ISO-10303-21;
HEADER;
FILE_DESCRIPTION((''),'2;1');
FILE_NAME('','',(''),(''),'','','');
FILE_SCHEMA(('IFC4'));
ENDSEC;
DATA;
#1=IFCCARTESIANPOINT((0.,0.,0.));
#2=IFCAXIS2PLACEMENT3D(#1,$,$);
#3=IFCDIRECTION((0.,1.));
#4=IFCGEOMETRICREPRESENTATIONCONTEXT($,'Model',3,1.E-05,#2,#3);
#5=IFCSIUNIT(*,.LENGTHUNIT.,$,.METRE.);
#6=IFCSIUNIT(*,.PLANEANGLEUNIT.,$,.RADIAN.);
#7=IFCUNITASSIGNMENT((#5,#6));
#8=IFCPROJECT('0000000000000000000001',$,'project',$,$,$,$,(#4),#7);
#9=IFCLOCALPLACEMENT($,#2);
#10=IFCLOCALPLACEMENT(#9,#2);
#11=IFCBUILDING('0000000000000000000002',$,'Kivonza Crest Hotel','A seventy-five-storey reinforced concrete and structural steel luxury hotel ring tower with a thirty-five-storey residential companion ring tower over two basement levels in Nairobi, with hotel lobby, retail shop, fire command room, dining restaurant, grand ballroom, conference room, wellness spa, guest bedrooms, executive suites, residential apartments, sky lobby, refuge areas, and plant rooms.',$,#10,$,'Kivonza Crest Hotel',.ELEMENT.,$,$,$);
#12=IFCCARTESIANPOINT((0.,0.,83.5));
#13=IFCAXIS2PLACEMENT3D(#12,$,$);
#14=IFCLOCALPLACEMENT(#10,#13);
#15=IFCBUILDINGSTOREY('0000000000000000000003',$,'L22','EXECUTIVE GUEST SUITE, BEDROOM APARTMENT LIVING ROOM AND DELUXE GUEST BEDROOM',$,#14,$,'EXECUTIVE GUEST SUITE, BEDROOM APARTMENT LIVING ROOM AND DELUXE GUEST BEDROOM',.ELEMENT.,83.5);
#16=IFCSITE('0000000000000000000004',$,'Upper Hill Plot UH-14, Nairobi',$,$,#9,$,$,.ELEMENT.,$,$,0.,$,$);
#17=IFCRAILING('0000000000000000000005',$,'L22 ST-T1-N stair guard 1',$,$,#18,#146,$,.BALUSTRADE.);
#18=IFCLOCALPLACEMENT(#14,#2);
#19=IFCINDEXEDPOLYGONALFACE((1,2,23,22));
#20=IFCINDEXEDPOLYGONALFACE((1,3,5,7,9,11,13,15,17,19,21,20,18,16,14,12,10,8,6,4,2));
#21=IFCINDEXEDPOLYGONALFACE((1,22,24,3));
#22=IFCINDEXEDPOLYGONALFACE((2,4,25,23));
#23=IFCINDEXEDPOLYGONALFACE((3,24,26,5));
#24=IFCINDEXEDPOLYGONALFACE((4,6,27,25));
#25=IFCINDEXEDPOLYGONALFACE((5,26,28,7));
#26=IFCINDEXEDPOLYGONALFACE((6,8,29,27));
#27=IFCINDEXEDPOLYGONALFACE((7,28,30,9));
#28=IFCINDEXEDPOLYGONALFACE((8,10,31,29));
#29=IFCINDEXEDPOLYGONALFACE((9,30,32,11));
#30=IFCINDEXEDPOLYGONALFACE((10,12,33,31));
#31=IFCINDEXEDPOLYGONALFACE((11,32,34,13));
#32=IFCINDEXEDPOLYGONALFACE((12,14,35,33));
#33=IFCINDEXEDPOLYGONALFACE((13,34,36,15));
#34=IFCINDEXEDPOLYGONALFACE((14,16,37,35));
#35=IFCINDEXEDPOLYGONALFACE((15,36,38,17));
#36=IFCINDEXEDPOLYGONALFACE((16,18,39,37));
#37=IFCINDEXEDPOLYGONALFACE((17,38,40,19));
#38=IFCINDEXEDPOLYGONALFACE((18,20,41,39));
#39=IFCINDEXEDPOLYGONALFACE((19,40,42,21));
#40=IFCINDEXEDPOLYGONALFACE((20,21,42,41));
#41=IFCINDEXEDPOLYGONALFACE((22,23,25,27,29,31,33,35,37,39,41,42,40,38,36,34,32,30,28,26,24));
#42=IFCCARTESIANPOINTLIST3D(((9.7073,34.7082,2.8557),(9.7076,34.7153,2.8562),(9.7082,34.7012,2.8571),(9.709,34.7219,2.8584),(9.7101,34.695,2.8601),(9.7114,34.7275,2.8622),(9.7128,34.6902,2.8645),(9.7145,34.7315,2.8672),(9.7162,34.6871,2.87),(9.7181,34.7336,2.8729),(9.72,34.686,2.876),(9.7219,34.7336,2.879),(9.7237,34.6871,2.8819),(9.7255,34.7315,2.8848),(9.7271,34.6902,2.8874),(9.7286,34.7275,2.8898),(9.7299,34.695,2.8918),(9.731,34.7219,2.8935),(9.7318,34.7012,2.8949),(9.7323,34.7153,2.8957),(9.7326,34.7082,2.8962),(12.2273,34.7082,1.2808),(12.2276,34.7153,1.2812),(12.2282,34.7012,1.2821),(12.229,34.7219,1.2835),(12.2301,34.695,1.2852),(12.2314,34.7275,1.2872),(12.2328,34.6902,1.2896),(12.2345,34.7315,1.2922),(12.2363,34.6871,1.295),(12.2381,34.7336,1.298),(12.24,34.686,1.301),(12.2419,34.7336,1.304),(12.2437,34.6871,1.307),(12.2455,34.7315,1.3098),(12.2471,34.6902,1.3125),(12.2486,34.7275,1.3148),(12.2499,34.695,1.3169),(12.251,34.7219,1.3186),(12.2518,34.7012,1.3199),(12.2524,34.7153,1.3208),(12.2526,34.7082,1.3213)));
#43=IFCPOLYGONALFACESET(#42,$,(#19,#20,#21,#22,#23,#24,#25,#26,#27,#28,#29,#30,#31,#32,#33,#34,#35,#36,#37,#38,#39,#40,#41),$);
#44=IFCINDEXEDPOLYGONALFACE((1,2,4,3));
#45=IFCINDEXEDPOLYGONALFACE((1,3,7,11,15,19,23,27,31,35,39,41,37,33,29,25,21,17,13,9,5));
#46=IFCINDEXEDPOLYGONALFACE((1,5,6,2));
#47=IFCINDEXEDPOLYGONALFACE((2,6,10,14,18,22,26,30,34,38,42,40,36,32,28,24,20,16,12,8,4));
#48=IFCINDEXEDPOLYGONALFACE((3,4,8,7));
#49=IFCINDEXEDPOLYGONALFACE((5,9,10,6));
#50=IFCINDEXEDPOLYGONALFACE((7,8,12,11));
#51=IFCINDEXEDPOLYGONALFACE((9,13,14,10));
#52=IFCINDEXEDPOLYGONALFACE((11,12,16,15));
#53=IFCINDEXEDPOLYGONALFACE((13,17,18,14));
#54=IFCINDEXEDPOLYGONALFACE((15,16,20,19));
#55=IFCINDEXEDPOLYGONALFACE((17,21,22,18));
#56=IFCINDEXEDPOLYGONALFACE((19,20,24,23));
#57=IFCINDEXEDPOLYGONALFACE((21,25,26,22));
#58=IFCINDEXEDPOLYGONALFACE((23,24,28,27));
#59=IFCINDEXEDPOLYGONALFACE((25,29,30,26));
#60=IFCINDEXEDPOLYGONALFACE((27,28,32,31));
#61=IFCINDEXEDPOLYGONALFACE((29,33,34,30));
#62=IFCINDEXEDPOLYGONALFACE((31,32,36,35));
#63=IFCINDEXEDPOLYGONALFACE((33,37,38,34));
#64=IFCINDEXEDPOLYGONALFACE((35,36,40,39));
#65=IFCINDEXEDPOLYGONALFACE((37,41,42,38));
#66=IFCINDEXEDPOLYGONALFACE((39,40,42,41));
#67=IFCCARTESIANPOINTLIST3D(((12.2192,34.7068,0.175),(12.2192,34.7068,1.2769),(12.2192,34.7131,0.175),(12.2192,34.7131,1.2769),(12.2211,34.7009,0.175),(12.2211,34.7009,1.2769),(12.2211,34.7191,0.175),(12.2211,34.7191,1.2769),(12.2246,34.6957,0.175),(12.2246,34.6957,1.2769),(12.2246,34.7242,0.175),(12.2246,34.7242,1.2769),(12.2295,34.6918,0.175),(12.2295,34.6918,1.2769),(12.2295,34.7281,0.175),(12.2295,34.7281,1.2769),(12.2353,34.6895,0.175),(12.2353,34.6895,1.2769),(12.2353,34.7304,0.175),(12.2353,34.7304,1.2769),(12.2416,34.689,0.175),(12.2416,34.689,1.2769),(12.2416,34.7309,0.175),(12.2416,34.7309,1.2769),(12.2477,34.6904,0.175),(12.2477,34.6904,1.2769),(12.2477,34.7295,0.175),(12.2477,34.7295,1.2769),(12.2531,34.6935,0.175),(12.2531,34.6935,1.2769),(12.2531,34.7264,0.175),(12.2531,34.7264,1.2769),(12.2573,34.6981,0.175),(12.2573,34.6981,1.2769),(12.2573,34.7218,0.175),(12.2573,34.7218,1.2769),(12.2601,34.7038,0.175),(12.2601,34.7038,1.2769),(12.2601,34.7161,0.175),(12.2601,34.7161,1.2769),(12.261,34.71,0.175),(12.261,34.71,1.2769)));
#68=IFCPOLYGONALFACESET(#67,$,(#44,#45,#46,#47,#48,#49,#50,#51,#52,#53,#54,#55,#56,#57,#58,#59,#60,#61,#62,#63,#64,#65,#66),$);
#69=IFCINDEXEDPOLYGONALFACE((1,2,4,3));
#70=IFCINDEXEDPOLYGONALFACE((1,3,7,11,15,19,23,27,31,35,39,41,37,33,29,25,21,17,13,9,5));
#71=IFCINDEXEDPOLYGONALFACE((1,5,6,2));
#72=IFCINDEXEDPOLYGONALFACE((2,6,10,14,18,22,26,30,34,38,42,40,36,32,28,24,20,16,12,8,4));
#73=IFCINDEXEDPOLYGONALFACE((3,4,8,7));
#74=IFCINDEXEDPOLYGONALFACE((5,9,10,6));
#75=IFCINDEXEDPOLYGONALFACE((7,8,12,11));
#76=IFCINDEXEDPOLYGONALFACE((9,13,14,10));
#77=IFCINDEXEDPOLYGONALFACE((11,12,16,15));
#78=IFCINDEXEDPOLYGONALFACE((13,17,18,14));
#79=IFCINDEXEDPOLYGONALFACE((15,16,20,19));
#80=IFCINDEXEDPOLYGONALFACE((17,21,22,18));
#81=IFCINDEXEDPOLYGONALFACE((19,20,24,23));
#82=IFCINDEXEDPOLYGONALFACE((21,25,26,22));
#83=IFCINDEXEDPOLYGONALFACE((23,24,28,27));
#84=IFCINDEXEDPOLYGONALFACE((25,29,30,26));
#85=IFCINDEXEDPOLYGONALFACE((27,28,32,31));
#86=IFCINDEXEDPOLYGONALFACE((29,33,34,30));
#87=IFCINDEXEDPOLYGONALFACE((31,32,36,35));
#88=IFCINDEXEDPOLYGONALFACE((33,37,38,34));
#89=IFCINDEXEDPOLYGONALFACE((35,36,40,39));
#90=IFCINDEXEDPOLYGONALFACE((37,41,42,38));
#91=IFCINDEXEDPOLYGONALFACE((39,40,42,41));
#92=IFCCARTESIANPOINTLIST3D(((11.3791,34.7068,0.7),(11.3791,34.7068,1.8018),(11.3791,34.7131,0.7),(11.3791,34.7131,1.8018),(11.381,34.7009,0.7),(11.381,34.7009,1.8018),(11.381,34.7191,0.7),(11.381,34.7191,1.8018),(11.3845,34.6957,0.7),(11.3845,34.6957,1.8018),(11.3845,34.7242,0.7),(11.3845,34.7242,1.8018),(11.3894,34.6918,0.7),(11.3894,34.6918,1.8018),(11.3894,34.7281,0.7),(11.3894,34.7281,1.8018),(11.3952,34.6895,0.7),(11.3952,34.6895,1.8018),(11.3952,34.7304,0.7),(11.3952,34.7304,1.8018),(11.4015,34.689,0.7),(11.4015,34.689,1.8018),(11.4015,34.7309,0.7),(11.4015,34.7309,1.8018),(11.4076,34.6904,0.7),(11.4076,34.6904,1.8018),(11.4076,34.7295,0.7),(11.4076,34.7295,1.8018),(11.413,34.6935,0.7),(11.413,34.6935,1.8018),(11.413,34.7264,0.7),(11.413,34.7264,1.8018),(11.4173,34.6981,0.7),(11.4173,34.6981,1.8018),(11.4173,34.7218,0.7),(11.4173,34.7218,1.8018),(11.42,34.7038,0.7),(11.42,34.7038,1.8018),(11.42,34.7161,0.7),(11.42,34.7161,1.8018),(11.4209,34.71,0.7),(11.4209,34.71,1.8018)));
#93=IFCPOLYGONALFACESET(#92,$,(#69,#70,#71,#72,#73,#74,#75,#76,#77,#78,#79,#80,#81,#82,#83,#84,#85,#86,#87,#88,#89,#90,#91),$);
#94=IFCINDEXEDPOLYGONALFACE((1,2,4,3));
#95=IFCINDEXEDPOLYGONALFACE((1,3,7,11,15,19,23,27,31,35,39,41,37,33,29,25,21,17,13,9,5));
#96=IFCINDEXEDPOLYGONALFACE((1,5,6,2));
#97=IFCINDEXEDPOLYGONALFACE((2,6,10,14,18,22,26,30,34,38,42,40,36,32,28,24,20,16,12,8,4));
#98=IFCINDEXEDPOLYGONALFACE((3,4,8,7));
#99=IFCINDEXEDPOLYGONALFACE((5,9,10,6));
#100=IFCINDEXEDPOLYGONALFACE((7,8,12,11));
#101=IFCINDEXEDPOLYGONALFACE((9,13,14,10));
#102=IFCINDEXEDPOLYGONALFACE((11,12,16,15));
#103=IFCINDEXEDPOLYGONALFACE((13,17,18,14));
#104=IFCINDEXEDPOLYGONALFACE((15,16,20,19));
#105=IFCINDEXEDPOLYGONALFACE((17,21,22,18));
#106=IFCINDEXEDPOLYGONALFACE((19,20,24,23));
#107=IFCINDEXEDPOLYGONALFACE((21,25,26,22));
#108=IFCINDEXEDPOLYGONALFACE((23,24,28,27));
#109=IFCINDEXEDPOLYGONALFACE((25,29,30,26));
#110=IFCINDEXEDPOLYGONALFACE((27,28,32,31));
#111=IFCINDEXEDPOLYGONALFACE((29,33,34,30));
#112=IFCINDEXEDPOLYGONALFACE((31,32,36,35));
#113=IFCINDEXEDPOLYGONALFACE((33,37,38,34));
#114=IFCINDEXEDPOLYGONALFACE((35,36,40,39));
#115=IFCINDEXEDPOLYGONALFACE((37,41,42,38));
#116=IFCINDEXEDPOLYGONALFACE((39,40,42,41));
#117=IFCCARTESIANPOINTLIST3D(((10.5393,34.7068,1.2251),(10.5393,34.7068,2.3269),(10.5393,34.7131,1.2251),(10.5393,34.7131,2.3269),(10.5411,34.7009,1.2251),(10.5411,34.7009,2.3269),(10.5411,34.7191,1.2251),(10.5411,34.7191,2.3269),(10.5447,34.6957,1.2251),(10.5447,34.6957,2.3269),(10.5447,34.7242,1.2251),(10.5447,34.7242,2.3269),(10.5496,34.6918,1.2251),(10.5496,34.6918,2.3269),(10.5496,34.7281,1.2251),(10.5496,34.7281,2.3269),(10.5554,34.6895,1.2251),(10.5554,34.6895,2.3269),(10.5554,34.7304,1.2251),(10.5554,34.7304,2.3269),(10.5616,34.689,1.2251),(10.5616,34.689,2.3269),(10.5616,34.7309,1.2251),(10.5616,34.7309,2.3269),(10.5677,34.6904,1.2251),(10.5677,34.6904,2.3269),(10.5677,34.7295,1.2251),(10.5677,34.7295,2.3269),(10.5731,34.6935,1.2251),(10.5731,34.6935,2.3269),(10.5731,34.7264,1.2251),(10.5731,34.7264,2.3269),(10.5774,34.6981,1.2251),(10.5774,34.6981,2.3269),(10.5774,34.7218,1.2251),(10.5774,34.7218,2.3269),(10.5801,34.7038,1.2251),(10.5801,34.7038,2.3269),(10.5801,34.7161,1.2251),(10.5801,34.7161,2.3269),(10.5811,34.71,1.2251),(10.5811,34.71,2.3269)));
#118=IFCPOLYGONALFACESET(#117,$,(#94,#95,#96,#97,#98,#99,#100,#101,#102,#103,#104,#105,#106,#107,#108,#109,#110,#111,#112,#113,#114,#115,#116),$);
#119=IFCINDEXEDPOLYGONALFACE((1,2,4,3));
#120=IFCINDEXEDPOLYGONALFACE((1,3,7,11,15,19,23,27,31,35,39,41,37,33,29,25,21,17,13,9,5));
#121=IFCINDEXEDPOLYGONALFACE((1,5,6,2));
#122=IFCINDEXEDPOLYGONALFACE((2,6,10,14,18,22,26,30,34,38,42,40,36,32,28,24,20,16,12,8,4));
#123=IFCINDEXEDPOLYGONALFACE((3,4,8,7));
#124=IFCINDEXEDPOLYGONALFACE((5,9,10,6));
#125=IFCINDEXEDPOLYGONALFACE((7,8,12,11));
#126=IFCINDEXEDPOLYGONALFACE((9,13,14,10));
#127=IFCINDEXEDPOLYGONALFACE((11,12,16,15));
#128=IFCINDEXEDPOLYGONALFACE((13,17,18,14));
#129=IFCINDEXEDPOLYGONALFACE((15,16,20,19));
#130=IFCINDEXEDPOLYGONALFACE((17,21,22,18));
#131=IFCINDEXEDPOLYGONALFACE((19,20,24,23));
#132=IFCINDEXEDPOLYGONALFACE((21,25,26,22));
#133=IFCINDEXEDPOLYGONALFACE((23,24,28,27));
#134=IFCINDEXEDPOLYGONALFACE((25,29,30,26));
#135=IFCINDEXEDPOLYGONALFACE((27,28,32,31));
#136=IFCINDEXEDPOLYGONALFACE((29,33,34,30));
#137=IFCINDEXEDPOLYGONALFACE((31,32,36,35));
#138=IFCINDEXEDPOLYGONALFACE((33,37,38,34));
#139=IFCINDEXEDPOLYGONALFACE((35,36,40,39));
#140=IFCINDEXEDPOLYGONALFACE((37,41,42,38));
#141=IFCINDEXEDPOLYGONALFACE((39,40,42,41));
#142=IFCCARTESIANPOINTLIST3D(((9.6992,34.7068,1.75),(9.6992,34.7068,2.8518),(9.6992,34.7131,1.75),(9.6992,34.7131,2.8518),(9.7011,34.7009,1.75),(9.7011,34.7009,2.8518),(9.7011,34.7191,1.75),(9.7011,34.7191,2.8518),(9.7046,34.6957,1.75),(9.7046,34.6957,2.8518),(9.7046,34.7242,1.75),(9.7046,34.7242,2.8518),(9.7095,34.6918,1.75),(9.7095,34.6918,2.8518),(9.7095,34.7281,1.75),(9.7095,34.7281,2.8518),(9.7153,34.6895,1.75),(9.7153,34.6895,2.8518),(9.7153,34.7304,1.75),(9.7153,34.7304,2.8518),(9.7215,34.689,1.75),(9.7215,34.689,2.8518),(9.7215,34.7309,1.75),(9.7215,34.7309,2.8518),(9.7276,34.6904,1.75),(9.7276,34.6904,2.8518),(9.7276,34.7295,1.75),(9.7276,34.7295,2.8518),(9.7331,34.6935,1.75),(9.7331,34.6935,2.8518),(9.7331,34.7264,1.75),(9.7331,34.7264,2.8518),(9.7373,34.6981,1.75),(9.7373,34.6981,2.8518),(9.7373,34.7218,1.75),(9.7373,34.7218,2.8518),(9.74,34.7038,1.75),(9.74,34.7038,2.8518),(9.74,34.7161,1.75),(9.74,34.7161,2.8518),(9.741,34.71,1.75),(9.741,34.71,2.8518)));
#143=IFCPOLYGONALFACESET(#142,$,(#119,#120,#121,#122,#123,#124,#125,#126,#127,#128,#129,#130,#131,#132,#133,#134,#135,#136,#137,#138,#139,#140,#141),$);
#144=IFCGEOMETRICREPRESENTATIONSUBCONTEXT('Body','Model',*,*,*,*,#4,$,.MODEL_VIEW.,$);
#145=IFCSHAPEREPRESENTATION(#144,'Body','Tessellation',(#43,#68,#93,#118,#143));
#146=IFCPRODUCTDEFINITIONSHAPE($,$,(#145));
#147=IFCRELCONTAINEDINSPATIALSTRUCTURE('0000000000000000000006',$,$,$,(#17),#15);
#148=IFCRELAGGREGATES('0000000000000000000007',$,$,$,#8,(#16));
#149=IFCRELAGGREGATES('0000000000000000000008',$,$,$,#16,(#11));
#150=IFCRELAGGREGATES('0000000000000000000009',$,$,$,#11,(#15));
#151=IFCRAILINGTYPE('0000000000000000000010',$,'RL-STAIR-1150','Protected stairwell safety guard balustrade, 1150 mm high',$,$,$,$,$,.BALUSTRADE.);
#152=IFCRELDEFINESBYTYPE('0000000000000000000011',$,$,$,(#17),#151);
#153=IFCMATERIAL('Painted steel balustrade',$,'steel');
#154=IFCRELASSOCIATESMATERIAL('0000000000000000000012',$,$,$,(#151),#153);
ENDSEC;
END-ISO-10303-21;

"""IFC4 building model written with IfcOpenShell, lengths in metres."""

from ifc_helpers import new_model, si_unit, direction, frame, origin, origin_2d, place, context, subcontext, project, spatial, circle, extrude, material, type_object, element, save


model = new_model("IFC4")

# Units and contexts
model_context = context("Model", 3, precision=1e-05, world=origin(), true_north=direction((0.0, 1.0)))
body_context = subcontext(model_context, "Body", "Model", "MODEL_VIEW")
ifc_project = project(units=[si_unit("LENGTHUNIT", "METRE"), si_unit("PLANEANGLEUNIT", "RADIAN")], contexts=[model_context])

# Site, building, storey
site_placement = place(None, origin())
site = spatial("IfcSite", under=ifc_project, at=site_placement, Name="Upper Hill Plot UH-14, Nairobi", CompositionType="ELEMENT", RefElevation=0.0)
building_placement = place(site_placement, origin())
building = spatial("IfcBuilding", under=site, at=building_placement, Name="Kivonza Crest Hotel", Description="A seventy-five-storey reinforced concrete and structural steel luxury hotel ring tower with a thirty-five-storey residential companion ring tower over two basement levels in Nairobi, with hotel lobby, retail shop, fire command room, dining restaurant, grand ballroom, conference room, wellness spa, guest bedrooms, executive suites, residential apartments, sky lobby, refuge areas, and plant rooms.", LongName="Kivonza Crest Hotel", CompositionType="ELEMENT")
storey_placement = place(building_placement, frame((0.0, 0.0, 83.5)))
storey = spatial("IfcBuildingStorey", under=building, at=storey_placement, Name="L22", Description="EXECUTIVE GUEST SUITE, BEDROOM APARTMENT LIVING ROOM AND DELUXE GUEST BEDROOM", LongName="EXECUTIVE GUEST SUITE, BEDROOM APARTMENT LIVING ROOM AND DELUXE GUEST BEDROOM", CompositionType="ELEMENT", Elevation=83.5)

# Railing
ifc_material_1 = material(Name="Painted steel balustrade", Category="steel")
railing_type_1 = type_object("IfcRailingType", Name="RL-STAIR-1150", Description="Protected stairwell safety guard balustrade, 1150 mm high", PredefinedType="BALUSTRADE", material=ifc_material_1)
railing_1_placement = place(storey_placement, frame((12.24, 34.71, 0.175)))
element("IfcRailing", 1, at=railing_1_placement, inside=storey, type_object=railing_type_1, Name="L22 ST-T1-N stair guard 1", PredefinedType="BALUSTRADE", context=body_context, shape_type="SweptSolid", body=[
    extrude(circle(Radius=0.0239, at=origin_2d()), frame((0.0, 0.0, 1.126), z_axis=(-0.848008, 0.0, 0.529984), x_axis=(0.0, -1.0, 0.0)), (0.0, 0.0, 1.0), 2.9717),
    extrude(circle(Radius=0.021, at=origin_2d()), origin(), (0.0, 0.0, 1.0), 1.1018),
    extrude(circle(Radius=0.021, at=origin_2d()), frame((-0.8401, 0.0, 0.5249)), (0.0, 0.0, 1.0), 1.1018),
    extrude(circle(Radius=0.021, at=origin_2d()), frame((-1.6799, 0.0, 1.05)), (0.0, 0.0, 1.0), 1.1018),
    extrude(circle(Radius=0.021, at=origin_2d()), frame((-2.52, 0.0, 1.575)), (0.0, 0.0, 1.0), 1.1018),
])

save(model, "model.ifc")
